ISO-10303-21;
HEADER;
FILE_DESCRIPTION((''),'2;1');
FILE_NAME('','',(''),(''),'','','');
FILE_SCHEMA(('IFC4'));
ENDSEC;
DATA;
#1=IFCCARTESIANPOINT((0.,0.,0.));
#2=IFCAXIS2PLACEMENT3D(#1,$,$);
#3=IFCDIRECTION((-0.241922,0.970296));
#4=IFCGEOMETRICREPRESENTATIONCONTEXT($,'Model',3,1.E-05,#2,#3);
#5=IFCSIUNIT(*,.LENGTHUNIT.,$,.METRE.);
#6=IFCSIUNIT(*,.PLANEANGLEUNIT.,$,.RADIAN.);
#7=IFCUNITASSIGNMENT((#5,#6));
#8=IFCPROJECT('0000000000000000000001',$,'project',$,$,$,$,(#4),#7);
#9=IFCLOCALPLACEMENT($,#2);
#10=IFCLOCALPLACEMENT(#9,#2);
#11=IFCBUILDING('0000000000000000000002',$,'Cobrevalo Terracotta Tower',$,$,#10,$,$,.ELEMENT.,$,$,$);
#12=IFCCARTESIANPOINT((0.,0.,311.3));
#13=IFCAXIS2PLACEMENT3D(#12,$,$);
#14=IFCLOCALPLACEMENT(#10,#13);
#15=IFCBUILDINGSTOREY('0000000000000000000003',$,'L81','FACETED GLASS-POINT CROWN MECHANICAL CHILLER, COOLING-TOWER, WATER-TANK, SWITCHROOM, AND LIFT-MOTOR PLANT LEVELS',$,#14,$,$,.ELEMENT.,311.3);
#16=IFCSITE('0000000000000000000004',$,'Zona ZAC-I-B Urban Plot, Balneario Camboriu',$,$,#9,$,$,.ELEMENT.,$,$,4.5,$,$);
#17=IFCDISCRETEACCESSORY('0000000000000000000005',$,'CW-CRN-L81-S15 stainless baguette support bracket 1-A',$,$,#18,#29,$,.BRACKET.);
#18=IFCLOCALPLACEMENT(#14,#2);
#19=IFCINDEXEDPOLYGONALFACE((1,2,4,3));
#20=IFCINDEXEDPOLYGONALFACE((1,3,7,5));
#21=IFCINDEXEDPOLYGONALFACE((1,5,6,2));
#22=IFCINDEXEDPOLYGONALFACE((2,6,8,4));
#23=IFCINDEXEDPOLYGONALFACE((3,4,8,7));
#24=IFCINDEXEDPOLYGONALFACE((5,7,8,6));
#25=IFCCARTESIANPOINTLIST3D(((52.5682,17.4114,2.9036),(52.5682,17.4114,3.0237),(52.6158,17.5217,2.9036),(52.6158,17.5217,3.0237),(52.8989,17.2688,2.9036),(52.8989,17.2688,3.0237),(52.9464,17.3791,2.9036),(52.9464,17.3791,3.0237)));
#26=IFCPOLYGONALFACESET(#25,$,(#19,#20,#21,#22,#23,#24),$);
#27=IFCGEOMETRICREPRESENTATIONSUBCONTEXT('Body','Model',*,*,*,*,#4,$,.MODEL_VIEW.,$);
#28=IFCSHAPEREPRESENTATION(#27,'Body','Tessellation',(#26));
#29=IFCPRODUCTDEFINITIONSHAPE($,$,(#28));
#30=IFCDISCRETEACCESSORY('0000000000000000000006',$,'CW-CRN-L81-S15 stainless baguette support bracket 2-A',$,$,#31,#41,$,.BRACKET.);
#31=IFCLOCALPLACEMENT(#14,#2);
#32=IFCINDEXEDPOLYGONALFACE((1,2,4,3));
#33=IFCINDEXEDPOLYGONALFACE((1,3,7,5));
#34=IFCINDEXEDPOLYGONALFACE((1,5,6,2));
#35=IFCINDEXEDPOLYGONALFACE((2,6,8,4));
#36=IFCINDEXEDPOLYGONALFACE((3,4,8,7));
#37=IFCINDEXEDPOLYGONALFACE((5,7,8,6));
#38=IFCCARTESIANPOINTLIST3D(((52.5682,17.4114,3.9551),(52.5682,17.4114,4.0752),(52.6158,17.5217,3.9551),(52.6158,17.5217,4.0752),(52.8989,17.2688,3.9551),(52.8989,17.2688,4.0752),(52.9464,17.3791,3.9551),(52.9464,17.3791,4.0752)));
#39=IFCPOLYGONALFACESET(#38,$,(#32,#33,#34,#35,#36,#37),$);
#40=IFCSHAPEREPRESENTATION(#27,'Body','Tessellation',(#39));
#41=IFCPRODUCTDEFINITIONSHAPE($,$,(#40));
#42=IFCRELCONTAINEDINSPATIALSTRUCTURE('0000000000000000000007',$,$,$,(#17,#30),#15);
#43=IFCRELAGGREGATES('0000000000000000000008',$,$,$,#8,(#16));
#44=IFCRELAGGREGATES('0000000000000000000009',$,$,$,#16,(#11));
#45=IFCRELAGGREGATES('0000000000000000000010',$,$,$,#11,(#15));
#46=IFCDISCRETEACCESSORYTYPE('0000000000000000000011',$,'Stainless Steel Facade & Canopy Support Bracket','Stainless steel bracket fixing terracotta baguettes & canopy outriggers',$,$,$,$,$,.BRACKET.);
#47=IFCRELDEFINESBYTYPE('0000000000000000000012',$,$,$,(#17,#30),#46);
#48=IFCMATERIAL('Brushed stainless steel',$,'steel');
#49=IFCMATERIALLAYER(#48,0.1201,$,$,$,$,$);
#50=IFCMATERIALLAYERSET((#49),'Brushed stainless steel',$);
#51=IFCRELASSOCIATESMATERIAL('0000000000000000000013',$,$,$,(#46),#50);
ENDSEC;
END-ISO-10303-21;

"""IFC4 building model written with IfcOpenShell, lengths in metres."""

from ifc_helpers import new_model, si_unit, direction, frame, origin, origin_2d, place, context, subcontext, project, spatial, rectangle, extrude, source, transform, mapped, material, layer, layer_set, type_object, element, save


model = new_model("IFC4")

# Units and contexts
model_context = context("Model", 3, precision=1e-05, world=origin(), true_north=direction((-0.241922, 0.970296)))
body_context = subcontext(model_context, "Body", "Model", "MODEL_VIEW")
ifc_project = project(units=[si_unit("LENGTHUNIT", "METRE"), si_unit("PLANEANGLEUNIT", "RADIAN")], contexts=[model_context])

# Site, building, storey
site_placement = place(None, origin())
site = spatial("IfcSite", under=ifc_project, at=site_placement, Name="Zona ZAC-I-B Urban Plot, Balneario Camboriu", CompositionType="ELEMENT", RefElevation=4.5)
building_placement = place(site_placement, origin())
building = spatial("IfcBuilding", under=site, at=building_placement, Name="Cobrevalo Terracotta Tower", CompositionType="ELEMENT")
storey_placement = place(building_placement, frame((0.0, 0.0, 311.3)))
storey = spatial("IfcBuildingStorey", under=building, at=storey_placement, Name="L81", Description="FACETED GLASS-POINT CROWN MECHANICAL CHILLER, COOLING-TOWER, WATER-TANK, SWITCHROOM, AND LIFT-MOTOR PLANT LEVELS", CompositionType="ELEMENT", Elevation=311.3)

# Discrete accessories
ifc_material_1 = material(Name="Brushed stainless steel", Category="steel")
ifc_layer_1 = layer(ifc_material_1, 0.1201)
ifc_layer_set_1 = layer_set([ifc_layer_1], Name="Brushed stainless steel")
discrete_accessory_type = type_object("IfcDiscreteAccessoryType", Name="Stainless Steel Facade & Canopy Support Bracket", Description="Stainless steel bracket fixing terracotta baguettes & canopy outriggers", PredefinedType="BRACKET", material=ifc_layer_set_1)
shared_shape_1 = source(origin(), body_context, "Body", "SweptSolid", [
    extrude(rectangle(XDim=0.1201, YDim=0.3601, at=origin_2d()), origin(), (0.0, 0.0, 1.0), 0.1201),
])
for number, where, z_axis, x_axis, name in (
    (1, (52.7573, 17.3953, 2.9036), (0.0, 0.0, 1.0), (0.396066, 0.918222, 0.0), "CW-CRN-L81-S15 stainless baguette support bracket 1-A"),
    (2, (52.7573, 17.3953, 3.9551), (0.0, 0.0, 1.0), (0.396066, 0.918222, 0.0), "CW-CRN-L81-S15 stainless baguette support bracket 2-A"),
):
    element("IfcDiscreteAccessory", number, at=place(storey_placement, frame(where, z_axis=z_axis, x_axis=x_axis)), inside=storey, type_object=discrete_accessory_type, Name=name, PredefinedType="BRACKET", context=body_context, shape_type="MappedRepresentation", body=[
        mapped(shared_shape_1, transform((0.0, 0.0, 0.0), scale=1.0)),
    ])

save(model, "model.ifc")
